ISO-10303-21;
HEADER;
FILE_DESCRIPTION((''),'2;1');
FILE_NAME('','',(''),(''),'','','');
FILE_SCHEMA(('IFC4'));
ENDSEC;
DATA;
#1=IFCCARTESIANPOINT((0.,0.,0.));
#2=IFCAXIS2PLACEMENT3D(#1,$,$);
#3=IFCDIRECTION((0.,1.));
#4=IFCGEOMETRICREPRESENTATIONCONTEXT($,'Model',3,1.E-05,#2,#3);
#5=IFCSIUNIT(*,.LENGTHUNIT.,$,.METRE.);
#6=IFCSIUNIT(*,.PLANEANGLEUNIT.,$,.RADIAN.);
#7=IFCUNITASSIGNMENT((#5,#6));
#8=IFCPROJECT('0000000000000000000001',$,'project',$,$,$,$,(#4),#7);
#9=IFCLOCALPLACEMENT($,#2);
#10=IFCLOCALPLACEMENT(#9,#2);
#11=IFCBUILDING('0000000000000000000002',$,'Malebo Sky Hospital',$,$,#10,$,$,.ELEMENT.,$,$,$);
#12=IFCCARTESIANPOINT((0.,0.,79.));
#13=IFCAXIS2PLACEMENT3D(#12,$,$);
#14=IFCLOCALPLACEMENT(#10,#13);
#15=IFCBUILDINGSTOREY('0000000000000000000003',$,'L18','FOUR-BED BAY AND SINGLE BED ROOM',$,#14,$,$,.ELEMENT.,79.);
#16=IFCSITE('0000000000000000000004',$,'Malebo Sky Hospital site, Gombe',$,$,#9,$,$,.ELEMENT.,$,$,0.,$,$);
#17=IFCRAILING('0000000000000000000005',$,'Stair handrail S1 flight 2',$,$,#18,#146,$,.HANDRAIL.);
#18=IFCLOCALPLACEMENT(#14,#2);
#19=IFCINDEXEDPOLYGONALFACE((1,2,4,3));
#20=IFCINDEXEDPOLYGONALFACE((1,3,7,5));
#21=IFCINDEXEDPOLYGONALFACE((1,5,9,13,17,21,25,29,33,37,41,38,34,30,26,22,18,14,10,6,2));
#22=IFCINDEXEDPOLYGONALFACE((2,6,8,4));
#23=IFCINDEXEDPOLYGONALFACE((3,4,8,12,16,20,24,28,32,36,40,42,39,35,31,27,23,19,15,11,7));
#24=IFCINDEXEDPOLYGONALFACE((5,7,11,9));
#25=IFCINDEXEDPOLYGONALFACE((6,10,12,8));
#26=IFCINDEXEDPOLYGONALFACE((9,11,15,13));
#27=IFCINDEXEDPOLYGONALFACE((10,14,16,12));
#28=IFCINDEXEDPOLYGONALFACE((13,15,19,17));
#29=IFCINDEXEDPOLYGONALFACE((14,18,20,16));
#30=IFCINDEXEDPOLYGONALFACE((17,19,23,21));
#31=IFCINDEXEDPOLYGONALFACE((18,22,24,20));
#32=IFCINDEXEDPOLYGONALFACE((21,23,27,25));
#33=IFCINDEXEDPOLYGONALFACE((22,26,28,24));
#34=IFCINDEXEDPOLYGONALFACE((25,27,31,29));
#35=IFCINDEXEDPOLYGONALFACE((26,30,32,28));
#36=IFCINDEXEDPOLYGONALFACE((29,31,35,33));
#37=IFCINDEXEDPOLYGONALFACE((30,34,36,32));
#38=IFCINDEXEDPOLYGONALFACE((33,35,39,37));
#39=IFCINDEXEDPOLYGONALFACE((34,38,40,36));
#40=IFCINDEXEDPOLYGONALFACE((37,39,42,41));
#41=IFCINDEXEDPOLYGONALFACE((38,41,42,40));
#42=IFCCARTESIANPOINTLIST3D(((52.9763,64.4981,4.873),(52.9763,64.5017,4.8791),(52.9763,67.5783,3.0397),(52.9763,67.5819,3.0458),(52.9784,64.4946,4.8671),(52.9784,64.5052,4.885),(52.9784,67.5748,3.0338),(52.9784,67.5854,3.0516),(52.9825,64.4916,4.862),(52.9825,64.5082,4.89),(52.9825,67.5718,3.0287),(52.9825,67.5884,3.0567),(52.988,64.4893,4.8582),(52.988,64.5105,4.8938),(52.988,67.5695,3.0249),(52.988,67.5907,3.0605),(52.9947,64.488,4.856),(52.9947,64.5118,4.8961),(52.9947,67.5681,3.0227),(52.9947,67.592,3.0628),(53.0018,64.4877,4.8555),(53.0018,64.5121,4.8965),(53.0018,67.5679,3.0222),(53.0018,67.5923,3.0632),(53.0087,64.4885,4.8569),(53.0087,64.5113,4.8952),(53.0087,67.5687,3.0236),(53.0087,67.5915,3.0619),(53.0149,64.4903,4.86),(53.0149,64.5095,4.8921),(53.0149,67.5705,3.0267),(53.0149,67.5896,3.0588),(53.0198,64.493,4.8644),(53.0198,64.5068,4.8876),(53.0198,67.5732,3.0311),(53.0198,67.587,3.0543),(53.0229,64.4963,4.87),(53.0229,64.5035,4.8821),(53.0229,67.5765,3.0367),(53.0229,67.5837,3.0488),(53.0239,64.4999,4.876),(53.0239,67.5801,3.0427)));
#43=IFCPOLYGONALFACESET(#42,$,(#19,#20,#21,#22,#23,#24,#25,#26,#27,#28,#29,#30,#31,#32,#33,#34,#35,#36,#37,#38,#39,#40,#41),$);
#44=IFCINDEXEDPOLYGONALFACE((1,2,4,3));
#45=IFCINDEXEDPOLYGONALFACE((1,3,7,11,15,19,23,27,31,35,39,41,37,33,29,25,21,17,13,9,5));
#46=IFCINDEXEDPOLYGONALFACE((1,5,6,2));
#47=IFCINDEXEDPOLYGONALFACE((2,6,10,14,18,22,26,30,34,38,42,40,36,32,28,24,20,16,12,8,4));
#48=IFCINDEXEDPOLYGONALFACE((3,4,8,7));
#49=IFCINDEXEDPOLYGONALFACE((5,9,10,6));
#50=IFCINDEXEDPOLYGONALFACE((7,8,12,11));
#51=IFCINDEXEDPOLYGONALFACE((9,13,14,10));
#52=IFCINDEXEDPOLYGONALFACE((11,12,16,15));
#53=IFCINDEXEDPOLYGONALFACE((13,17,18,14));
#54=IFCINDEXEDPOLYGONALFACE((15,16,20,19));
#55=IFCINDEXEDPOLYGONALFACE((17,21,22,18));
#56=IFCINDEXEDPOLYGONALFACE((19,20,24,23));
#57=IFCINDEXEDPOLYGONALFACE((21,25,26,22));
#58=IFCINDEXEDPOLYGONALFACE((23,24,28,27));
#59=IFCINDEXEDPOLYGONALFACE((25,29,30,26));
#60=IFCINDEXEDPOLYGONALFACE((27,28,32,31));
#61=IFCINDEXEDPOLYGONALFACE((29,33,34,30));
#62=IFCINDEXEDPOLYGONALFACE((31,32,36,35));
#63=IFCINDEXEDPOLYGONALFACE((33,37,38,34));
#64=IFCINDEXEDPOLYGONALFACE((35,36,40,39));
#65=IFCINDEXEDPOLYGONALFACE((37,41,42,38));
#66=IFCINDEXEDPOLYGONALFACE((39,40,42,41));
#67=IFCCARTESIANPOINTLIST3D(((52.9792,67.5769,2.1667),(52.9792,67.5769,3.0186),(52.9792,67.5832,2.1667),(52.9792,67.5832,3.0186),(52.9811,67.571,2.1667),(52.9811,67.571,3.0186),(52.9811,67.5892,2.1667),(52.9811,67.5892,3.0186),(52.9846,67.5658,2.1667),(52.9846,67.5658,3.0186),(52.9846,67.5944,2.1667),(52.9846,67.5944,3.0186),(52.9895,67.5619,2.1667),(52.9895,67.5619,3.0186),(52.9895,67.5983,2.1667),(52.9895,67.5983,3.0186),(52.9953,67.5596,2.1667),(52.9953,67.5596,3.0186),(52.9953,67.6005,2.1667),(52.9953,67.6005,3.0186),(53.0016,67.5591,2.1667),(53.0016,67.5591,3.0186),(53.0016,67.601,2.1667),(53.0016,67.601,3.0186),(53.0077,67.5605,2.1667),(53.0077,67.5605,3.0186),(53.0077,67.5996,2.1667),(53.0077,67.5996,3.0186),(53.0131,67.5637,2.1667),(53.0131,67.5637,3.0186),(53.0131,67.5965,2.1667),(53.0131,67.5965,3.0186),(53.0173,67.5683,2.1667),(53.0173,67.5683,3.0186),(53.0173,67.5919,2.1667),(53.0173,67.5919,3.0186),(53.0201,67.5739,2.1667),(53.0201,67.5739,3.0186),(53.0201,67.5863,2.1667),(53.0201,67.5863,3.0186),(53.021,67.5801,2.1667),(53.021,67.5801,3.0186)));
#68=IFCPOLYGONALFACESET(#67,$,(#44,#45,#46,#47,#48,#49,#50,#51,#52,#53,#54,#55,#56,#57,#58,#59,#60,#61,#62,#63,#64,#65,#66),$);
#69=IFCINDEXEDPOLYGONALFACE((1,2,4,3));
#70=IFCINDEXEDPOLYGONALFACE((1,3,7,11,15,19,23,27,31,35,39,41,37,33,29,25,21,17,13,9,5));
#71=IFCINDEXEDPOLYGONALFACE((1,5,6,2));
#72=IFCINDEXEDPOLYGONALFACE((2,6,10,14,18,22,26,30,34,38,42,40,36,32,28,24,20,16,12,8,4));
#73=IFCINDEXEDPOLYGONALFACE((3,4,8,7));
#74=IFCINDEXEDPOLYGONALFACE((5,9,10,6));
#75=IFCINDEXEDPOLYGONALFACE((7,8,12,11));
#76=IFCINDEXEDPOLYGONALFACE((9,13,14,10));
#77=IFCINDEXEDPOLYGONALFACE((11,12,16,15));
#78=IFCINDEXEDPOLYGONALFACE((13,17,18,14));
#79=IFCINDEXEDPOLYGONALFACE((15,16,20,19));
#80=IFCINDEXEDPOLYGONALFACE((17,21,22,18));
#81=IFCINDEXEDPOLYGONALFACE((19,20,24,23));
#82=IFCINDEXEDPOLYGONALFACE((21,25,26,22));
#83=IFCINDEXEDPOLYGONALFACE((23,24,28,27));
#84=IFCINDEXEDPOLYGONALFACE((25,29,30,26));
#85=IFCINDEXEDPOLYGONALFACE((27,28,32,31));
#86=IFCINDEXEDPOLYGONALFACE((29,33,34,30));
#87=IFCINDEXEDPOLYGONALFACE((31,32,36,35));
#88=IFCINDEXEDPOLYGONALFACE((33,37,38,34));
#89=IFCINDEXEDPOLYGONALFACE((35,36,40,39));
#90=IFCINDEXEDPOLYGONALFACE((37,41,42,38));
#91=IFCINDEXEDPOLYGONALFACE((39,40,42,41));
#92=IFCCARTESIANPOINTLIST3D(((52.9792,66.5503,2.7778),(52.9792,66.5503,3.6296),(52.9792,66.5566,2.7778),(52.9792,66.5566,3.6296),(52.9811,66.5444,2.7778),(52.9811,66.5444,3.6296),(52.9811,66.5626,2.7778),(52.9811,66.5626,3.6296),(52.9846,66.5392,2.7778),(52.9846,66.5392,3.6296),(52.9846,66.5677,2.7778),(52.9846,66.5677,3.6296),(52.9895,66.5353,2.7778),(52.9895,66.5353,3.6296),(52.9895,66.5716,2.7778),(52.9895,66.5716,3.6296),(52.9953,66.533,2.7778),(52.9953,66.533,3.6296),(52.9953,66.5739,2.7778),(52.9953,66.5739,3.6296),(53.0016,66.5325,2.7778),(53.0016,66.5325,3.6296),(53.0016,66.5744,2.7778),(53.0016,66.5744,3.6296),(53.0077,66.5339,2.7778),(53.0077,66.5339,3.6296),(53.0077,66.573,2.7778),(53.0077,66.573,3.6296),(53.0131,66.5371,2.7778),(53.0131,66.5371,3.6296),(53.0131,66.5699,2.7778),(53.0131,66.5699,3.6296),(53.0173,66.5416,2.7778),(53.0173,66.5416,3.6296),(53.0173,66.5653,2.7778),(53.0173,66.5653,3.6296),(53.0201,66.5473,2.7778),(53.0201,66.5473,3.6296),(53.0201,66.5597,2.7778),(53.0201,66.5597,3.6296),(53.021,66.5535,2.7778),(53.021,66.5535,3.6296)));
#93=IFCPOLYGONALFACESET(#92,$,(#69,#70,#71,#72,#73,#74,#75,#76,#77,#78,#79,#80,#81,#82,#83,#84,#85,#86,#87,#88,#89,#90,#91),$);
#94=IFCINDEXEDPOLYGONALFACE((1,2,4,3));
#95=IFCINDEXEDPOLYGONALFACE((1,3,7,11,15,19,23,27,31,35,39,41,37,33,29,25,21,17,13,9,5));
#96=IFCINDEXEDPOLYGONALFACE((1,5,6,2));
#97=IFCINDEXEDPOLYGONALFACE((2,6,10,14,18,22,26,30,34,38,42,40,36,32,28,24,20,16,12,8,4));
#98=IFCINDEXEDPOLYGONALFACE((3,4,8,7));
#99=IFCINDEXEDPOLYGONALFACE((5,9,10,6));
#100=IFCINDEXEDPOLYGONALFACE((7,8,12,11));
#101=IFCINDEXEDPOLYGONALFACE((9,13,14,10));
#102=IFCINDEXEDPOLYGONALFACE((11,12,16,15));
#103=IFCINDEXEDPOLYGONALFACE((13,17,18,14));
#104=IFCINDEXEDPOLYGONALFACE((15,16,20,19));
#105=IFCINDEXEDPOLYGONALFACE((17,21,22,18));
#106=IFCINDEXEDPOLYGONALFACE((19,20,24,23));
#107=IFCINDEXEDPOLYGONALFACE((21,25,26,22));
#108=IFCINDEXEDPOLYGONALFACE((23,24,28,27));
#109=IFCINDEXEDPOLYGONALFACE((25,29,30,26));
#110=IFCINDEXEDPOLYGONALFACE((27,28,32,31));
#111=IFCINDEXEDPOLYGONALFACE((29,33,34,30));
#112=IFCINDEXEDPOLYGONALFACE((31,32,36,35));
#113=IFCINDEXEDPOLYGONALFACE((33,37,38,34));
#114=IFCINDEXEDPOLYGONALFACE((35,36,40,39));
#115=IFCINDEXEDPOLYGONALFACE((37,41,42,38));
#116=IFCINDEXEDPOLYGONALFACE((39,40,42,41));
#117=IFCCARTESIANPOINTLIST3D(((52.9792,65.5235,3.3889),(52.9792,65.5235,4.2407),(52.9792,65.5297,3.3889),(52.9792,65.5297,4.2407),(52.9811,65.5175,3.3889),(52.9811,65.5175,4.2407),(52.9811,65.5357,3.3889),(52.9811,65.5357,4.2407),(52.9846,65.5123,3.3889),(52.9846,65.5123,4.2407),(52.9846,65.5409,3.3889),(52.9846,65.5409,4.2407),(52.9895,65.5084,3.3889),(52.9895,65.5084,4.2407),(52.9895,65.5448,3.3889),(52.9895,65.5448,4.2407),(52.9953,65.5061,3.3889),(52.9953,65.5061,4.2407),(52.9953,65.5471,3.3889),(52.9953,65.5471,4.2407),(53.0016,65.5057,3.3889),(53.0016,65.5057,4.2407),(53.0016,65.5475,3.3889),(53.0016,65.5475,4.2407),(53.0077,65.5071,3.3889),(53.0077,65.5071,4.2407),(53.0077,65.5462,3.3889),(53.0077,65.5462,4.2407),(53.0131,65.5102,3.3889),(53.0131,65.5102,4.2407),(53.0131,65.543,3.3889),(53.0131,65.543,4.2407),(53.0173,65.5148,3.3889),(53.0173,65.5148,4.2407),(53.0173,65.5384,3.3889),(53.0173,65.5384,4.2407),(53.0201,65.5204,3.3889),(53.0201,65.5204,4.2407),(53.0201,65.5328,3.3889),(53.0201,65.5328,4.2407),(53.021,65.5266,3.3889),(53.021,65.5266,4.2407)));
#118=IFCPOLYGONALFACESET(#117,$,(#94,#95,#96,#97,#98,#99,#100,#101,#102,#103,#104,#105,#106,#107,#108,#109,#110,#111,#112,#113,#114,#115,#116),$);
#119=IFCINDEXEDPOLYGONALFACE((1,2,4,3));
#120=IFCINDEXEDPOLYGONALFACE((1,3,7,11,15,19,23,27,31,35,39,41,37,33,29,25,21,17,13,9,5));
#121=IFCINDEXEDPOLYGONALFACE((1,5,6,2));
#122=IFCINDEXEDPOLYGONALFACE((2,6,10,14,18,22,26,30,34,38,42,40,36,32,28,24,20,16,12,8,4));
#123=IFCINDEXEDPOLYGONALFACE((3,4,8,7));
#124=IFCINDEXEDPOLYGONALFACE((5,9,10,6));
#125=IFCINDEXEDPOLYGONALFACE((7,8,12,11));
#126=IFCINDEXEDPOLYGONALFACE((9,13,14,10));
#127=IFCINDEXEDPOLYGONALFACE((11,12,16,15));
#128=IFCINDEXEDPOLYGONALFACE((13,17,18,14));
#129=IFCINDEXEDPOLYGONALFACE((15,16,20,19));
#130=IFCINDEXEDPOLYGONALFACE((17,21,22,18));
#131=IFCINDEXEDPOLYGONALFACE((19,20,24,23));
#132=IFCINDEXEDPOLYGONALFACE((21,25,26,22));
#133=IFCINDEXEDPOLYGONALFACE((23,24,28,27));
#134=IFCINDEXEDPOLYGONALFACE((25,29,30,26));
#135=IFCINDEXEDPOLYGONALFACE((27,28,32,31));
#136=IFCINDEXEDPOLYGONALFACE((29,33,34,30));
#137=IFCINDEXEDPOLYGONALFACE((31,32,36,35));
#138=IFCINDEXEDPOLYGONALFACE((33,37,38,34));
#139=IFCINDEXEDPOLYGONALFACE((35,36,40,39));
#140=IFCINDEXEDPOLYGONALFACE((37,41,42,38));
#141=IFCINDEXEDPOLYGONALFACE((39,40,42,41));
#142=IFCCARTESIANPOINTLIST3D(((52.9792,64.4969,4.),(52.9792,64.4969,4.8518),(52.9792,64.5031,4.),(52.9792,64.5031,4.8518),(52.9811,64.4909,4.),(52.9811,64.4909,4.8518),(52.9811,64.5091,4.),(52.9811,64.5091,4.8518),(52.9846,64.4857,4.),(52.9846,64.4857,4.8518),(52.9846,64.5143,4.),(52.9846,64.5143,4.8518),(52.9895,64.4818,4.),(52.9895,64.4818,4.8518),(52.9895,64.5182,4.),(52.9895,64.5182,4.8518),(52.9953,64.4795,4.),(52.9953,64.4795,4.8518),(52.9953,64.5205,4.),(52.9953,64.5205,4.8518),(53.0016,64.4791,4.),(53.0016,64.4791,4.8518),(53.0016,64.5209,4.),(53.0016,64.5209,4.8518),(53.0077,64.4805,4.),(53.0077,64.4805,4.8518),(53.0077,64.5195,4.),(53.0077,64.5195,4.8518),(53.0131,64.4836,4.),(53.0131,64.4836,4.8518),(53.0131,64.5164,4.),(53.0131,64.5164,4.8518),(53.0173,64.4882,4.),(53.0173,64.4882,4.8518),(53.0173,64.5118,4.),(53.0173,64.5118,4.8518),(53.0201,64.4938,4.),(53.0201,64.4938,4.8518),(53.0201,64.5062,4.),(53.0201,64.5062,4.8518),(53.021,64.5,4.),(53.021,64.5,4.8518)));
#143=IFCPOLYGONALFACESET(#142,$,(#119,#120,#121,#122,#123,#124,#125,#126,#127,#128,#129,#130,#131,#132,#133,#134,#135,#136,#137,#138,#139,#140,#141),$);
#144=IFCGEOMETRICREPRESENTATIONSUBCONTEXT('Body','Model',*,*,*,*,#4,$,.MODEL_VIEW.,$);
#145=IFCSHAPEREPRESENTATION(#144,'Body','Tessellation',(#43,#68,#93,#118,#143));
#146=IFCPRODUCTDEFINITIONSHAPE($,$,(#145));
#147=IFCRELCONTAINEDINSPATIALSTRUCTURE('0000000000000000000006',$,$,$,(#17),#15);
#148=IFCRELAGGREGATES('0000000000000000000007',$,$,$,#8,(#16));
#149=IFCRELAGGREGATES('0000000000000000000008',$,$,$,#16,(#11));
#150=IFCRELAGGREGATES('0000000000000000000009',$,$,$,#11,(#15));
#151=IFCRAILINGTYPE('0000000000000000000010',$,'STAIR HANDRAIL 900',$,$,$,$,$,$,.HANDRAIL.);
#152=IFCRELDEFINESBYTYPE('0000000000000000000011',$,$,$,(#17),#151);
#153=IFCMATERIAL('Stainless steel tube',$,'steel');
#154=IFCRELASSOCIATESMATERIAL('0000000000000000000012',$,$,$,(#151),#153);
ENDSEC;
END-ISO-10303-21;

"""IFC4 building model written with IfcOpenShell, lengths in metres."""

from ifc_helpers import new_model, si_unit, direction, frame, origin, origin_2d, place, context, subcontext, project, spatial, circle, extrude, material, type_object, element, save


model = new_model("IFC4")

# Units and contexts
model_context = context("Model", 3, precision=1e-05, world=origin(), true_north=direction((0.0, 1.0)))
body_context = subcontext(model_context, "Body", "Model", "MODEL_VIEW")
ifc_project = project(units=[si_unit("LENGTHUNIT", "METRE"), si_unit("PLANEANGLEUNIT", "RADIAN")], contexts=[model_context])

# Site, building, storey
site_placement = place(None, origin())
site = spatial("IfcSite", under=ifc_project, at=site_placement, Name="Malebo Sky Hospital site, Gombe", CompositionType="ELEMENT", RefElevation=0.0)
building_placement = place(site_placement, origin())
building = spatial("IfcBuilding", under=site, at=building_placement, Name="Malebo Sky Hospital", CompositionType="ELEMENT")
storey_placement = place(building_placement, frame((0.0, 0.0, 79.0)))
storey = spatial("IfcBuildingStorey", under=building, at=storey_placement, Name="L18", Description="FOUR-BED BAY AND SINGLE BED ROOM", CompositionType="ELEMENT", Elevation=79.0)

# Railing
ifc_material_1 = material(Name="Stainless steel tube", Category="steel")
railing_type = type_object("IfcRailingType", Name="STAIR HANDRAIL 900", PredefinedType="HANDRAIL", material=ifc_material_1)
railing_1_placement = place(storey_placement, frame((53.0, 67.5801, 2.1667)))
element("IfcRailing", 1, at=railing_1_placement, inside=storey, type_object=railing_type, Name="Stair handrail S1 flight 2", PredefinedType="HANDRAIL", context=body_context, shape_type="SweptSolid", body=[
    extrude(circle(Radius=0.0239, at=origin_2d()), frame((0.0, 0.0, 0.876), z_axis=(0.0, -0.859309, 0.511458), x_axis=(1.0, 0.0, 0.0)), (0.0, 0.0, 1.0), 3.5845),
    extrude(circle(Radius=0.021, at=origin_2d()), origin(), (0.0, 0.0, 1.0), 0.8518),
    extrude(circle(Radius=0.021, at=origin_2d()), frame((0.0, -1.0266, 0.6111)), (0.0, 0.0, 1.0), 0.8518),
    extrude(circle(Radius=0.021, at=origin_2d()), frame((0.0, -2.0535, 1.2222)), (0.0, 0.0, 1.0), 0.8518),
    extrude(circle(Radius=0.021, at=origin_2d()), frame((0.0, -3.0801, 1.8333)), (0.0, 0.0, 1.0), 0.8518),
])

save(model, "model.ifc")
